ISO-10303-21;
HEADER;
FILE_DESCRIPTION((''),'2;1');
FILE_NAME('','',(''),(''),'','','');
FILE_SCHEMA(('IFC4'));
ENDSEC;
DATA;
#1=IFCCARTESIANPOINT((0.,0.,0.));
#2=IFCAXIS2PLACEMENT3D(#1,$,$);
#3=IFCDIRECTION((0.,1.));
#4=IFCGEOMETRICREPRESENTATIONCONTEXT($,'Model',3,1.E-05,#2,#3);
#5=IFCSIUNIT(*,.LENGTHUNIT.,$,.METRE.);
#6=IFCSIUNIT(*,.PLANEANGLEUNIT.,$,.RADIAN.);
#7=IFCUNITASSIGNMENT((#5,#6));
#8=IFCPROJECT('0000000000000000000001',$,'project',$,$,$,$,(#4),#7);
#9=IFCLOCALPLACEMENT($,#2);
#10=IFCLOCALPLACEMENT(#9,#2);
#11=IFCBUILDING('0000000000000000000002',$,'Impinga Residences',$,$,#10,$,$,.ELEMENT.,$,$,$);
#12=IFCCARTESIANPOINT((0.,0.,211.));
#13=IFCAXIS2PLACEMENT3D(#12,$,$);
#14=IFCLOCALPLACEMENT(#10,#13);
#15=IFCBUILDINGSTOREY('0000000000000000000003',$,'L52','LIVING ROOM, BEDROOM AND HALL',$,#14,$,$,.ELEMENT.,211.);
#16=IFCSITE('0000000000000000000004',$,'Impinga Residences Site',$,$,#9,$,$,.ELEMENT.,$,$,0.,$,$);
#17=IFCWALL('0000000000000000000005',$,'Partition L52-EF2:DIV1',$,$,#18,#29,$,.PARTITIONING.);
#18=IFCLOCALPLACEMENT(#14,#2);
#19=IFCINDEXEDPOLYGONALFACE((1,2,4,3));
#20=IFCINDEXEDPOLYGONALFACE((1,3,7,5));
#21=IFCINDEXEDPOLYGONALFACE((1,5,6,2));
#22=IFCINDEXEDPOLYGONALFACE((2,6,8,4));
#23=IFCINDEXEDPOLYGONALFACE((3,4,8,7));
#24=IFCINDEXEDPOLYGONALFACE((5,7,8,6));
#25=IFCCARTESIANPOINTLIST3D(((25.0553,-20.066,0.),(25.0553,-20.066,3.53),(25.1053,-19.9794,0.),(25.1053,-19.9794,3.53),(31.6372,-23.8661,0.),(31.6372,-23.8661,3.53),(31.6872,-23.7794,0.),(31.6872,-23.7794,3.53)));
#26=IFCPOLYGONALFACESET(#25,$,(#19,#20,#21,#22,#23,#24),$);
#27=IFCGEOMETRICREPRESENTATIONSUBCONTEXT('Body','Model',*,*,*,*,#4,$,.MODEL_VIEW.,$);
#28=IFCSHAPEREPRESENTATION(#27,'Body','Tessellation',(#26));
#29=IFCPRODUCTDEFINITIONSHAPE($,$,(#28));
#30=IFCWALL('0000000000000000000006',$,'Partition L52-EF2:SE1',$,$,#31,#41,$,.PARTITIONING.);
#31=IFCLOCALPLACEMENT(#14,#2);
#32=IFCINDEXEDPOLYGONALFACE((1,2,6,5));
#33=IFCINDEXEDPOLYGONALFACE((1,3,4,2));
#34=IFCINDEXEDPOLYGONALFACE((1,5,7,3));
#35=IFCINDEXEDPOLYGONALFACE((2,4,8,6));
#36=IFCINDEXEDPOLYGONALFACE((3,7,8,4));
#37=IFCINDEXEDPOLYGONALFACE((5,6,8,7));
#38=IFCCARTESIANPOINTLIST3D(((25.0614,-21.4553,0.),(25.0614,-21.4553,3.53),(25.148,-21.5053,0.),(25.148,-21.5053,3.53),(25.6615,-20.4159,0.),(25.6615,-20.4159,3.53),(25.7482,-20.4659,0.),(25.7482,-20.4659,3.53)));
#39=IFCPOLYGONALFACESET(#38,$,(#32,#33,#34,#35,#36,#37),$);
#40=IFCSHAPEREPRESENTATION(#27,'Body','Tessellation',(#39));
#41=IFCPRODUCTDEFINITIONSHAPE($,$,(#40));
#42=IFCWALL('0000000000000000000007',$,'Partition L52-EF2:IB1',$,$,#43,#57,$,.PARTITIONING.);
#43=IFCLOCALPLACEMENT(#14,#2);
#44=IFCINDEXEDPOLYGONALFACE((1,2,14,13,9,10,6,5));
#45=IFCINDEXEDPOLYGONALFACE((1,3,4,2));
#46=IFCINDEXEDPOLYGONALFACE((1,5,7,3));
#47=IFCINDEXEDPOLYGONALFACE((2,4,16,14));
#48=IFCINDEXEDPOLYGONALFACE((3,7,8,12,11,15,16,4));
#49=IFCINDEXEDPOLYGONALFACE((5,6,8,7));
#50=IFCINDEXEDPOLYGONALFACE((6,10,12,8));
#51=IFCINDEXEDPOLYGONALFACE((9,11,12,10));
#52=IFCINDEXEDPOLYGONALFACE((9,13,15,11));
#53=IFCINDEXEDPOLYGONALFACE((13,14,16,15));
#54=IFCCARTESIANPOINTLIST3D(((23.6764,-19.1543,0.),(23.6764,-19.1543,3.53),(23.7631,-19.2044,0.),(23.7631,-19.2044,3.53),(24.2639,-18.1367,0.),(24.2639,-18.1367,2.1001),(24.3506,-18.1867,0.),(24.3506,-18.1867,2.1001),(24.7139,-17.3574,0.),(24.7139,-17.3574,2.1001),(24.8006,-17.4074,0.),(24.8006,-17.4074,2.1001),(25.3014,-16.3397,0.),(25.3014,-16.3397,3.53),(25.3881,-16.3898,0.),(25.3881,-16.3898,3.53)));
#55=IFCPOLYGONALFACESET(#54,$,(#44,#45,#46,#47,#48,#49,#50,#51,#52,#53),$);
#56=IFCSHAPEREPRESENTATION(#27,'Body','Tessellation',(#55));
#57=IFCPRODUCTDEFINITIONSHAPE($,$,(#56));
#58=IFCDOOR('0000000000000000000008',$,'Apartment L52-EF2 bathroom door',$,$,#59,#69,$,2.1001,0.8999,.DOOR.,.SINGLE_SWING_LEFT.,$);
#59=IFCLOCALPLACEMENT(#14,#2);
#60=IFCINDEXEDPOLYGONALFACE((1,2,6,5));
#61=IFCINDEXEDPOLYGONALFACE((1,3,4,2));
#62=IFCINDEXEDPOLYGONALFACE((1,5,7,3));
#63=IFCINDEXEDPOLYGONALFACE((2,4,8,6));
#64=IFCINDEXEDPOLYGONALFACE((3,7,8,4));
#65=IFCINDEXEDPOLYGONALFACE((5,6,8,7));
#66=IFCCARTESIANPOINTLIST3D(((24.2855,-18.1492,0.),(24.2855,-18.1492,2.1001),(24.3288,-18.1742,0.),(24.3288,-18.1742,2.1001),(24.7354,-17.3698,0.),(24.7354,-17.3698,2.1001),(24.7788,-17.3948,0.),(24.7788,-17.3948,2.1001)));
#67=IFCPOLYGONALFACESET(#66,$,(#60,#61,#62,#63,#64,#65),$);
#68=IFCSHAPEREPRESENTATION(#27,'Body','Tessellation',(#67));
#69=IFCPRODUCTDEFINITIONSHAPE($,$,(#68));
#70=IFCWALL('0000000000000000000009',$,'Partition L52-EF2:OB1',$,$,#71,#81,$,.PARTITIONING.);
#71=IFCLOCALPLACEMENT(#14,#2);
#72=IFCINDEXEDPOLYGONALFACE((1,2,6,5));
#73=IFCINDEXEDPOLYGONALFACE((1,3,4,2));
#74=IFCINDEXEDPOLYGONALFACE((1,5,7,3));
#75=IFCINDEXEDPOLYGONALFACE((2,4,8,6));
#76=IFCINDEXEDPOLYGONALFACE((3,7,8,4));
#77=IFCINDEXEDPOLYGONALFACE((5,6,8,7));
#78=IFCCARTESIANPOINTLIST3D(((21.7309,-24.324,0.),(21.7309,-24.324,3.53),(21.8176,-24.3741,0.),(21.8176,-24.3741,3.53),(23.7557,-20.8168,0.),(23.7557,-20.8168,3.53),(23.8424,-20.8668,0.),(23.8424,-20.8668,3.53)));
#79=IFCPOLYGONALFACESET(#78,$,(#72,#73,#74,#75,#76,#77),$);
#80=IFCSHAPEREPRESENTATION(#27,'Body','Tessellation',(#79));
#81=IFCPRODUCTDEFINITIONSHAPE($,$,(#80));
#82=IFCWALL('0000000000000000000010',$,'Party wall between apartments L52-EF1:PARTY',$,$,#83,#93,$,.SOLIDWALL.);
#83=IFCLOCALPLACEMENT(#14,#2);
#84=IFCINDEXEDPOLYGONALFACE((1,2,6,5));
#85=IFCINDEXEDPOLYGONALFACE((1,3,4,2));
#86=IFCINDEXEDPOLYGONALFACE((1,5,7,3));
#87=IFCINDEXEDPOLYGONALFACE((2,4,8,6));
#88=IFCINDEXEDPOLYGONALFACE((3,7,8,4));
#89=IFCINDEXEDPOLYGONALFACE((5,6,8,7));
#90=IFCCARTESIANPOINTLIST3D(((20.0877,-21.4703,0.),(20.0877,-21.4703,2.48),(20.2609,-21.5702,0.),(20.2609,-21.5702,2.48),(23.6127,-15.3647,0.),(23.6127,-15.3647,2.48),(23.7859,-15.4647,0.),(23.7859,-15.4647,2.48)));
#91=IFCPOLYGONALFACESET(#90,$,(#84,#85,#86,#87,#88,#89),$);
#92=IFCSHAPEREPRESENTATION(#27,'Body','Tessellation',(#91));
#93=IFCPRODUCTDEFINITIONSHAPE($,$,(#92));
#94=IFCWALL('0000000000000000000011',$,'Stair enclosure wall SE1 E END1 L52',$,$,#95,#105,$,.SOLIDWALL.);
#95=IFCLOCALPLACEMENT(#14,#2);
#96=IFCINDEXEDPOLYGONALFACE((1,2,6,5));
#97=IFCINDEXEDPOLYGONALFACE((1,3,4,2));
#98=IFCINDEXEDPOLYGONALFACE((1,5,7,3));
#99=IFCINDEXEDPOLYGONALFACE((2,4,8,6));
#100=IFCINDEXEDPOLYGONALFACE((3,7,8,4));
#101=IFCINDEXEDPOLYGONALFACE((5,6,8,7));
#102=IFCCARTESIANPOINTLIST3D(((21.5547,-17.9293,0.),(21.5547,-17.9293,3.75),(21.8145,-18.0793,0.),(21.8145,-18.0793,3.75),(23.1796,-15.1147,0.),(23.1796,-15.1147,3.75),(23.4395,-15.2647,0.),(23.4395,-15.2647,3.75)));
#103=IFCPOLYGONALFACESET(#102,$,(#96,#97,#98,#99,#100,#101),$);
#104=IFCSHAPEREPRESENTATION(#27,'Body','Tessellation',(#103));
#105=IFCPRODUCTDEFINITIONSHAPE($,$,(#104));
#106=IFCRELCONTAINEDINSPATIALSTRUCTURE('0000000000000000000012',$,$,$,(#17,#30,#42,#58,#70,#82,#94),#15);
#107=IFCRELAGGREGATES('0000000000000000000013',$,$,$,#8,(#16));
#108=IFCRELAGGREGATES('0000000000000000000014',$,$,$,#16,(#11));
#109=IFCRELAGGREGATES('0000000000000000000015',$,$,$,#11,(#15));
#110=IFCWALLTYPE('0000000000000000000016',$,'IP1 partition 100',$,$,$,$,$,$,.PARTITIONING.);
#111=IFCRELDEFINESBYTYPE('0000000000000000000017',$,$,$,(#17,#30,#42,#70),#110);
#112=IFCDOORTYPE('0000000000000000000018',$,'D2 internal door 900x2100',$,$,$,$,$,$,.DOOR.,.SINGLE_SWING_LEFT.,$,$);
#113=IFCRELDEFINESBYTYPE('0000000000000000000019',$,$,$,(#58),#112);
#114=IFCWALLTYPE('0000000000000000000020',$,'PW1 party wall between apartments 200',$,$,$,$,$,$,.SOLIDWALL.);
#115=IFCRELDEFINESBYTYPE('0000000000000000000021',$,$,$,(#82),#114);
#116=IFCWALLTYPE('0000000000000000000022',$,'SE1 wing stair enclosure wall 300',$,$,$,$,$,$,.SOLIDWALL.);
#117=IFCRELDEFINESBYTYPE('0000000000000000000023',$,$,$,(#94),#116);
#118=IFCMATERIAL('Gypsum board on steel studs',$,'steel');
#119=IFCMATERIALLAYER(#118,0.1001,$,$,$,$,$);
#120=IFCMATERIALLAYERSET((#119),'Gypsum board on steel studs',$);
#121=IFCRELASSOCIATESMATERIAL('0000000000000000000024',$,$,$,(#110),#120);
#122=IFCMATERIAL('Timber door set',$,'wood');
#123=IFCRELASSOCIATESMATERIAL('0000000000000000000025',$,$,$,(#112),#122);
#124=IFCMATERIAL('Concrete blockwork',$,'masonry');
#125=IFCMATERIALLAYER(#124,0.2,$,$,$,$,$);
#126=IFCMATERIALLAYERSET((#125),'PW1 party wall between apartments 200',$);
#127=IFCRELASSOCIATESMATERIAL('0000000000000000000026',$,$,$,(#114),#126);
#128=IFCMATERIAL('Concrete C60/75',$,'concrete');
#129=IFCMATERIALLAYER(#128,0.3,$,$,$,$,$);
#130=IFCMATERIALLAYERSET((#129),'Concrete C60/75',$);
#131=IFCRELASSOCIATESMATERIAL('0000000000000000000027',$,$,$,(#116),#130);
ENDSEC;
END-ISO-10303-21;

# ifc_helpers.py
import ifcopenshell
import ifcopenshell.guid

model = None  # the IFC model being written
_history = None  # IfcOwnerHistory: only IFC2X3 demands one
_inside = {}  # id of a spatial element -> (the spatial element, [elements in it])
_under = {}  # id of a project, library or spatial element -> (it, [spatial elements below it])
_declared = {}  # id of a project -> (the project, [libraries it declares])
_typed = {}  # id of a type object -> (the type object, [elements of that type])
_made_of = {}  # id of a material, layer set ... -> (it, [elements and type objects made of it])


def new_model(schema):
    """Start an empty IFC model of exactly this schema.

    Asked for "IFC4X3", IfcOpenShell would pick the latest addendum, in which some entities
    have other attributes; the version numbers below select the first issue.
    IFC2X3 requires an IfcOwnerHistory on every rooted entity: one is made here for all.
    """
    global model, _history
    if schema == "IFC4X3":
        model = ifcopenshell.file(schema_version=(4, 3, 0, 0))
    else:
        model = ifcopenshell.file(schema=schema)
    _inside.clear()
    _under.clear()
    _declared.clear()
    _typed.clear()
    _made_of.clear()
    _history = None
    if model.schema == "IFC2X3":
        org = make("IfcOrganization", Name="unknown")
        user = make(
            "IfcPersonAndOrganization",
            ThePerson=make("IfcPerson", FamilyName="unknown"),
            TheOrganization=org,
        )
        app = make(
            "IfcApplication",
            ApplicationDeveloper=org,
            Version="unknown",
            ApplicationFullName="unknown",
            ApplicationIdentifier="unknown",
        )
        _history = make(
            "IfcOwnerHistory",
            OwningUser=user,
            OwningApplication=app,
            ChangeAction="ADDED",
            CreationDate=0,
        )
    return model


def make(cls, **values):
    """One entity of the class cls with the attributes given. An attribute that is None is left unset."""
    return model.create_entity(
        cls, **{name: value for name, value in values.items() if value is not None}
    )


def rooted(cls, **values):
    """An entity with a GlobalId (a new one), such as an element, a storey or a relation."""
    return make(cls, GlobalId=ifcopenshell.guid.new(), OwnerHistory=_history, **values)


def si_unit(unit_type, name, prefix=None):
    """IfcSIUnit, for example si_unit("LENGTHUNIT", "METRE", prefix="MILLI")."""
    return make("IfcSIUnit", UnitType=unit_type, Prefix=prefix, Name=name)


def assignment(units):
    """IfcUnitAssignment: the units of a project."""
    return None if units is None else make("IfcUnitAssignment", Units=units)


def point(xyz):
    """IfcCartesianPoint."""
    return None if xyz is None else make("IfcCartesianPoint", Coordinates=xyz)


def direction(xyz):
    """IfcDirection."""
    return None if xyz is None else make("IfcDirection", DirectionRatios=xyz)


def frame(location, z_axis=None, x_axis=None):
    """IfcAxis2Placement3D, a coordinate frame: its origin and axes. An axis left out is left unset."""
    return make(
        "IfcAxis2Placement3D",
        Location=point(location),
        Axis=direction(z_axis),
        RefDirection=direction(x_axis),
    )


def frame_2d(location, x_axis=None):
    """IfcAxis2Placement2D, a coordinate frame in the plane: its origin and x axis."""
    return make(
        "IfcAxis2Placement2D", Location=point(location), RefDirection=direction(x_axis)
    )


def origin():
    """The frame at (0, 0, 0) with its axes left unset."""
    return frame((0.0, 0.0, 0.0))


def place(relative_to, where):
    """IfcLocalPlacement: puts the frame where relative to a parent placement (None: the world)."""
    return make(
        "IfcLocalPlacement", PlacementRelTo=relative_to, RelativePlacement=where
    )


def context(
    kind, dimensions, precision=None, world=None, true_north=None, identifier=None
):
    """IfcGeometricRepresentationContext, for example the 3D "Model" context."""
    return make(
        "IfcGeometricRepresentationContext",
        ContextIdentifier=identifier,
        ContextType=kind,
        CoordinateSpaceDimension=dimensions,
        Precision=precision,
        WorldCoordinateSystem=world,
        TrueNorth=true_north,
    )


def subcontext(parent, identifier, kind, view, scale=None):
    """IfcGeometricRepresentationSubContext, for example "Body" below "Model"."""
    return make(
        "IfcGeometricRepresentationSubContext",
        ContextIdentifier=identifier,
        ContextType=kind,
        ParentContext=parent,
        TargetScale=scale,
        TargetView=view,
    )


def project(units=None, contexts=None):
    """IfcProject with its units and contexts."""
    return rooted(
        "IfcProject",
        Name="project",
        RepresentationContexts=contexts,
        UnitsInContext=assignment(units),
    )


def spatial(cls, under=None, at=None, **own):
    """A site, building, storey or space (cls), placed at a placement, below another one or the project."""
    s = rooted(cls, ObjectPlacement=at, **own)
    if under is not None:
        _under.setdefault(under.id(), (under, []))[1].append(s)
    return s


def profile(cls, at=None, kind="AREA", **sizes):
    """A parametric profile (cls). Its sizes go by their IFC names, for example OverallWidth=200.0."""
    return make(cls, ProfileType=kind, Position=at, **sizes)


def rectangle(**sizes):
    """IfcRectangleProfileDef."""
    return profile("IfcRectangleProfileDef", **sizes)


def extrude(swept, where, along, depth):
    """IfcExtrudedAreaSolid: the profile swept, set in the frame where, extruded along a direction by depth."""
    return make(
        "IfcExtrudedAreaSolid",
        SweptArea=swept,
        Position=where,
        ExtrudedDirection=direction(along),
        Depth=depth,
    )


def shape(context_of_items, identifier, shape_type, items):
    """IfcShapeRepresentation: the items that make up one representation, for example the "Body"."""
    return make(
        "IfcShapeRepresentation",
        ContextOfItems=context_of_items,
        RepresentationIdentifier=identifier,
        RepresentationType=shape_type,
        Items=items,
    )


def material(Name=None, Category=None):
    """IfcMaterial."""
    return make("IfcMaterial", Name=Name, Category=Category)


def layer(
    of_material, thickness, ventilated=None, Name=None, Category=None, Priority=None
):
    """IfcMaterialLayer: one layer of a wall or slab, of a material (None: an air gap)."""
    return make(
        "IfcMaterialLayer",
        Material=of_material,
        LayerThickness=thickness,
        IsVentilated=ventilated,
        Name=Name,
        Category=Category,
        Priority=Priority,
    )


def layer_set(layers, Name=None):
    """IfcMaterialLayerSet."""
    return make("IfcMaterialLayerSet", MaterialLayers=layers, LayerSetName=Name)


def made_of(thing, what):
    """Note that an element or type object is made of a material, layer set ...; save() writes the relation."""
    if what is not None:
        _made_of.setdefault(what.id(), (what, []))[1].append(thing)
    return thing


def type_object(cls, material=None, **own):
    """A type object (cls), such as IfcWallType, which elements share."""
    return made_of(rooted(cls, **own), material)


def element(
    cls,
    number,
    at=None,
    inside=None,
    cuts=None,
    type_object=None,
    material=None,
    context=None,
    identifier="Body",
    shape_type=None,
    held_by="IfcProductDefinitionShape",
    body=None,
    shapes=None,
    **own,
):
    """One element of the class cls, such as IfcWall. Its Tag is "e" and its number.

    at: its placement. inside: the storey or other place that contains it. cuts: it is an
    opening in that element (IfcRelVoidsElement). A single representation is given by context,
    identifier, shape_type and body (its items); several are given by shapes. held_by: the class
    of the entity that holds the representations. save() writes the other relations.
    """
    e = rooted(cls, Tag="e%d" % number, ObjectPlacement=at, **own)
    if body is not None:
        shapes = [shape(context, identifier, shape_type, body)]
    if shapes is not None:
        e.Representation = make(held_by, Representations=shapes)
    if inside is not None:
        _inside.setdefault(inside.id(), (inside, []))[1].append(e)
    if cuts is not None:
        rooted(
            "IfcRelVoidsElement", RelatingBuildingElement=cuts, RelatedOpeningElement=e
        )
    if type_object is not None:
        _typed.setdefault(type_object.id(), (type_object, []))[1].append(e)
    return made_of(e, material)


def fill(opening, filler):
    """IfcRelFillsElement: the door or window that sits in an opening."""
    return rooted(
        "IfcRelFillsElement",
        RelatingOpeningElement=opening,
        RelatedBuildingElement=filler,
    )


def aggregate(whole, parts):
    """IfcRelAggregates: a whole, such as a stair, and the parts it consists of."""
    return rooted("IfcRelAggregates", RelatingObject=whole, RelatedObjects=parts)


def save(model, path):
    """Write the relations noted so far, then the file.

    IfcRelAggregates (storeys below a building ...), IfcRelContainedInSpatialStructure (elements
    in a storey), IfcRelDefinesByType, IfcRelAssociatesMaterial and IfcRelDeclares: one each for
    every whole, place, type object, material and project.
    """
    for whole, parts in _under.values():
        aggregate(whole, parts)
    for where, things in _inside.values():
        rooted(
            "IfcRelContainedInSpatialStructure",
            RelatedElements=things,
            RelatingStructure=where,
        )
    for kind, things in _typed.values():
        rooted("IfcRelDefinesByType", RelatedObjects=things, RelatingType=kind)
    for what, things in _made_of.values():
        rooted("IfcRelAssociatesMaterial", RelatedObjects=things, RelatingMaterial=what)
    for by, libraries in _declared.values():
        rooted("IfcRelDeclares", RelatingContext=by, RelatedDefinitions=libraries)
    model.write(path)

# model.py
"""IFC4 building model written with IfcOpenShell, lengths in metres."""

from ifc_helpers import new_model, si_unit, direction, frame, frame_2d, origin, place, context, subcontext, project, spatial, rectangle, extrude, material, layer, layer_set, type_object, element, fill, save


model = new_model("IFC4")

# Units and contexts
model_context = context("Model", 3, precision=1e-05, world=origin(), true_north=direction((0.0, 1.0)))
body_context = subcontext(model_context, "Body", "Model", "MODEL_VIEW")
ifc_project = project(units=[si_unit("LENGTHUNIT", "METRE"), si_unit("PLANEANGLEUNIT", "RADIAN")], contexts=[model_context])

# Site, building, storey
site_placement = place(None, origin())
site = spatial("IfcSite", under=ifc_project, at=site_placement, Name="Impinga Residences Site", CompositionType="ELEMENT", RefElevation=0.0)
building_placement = place(site_placement, origin())
building = spatial("IfcBuilding", under=site, at=building_placement, Name="Impinga Residences", CompositionType="ELEMENT")
storey_placement = place(building_placement, frame((0.0, 0.0, 211.0)))
storey = spatial("IfcBuildingStorey", under=building, at=storey_placement, Name="L52", Description="LIVING ROOM, BEDROOM AND HALL", CompositionType="ELEMENT", Elevation=211.0)

# Shared definitions
ifc_material_1 = material(Name="Concrete C60/75", Category="concrete")

# Shared definitions
ifc_material_2 = material(Name="Concrete blockwork", Category="masonry")
ifc_material_3 = material(Name="Timber door set", Category="wood")

# Shared definitions
ifc_material_4 = material(Name="Gypsum board on steel studs", Category="steel")
ifc_layer_1 = layer(ifc_material_4, 0.1001)
ifc_layer_set_1 = layer_set([ifc_layer_1], Name="Gypsum board on steel studs")
wall_type_1 = type_object("IfcWallType", Name="IP1 partition 100", PredefinedType="PARTITIONING", material=ifc_layer_set_1)
door_type_1 = type_object("IfcDoorType", Name="D2 internal door 900x2100", OperationType="SINGLE_SWING_LEFT", PredefinedType="DOOR", material=ifc_material_3)

# Walls
wall_1_placement = place(storey_placement, frame((25.0803, -20.0227, 0.0), z_axis=(0.0, 0.0, 1.0), x_axis=(0.866022, -0.500005, 0.0)))
element("IfcWall", 1, at=wall_1_placement, inside=storey, type_object=wall_type_1, Name="Partition L52-EF2:DIV1", PredefinedType="PARTITIONING", context=body_context, shape_type="SweptSolid", body=[
    extrude(rectangle(XDim=7.6001, YDim=0.1001, at=frame_2d((3.8, 0.0))), origin(), (0.0, 0.0, 1.0), 3.53),
])
wall_2_placement = place(storey_placement, frame((25.7048, -20.4409, 0.0), z_axis=(0.0, 0.0, 1.0), x_axis=(-0.500034, -0.866006, 0.0)))
element("IfcWall", 2, at=wall_2_placement, inside=storey, type_object=wall_type_1, Name="Partition L52-EF2:SE1", PredefinedType="PARTITIONING", context=body_context, shape_type="SweptSolid", body=[
    extrude(rectangle(XDim=1.2002, YDim=0.1001, at=frame_2d((0.6001, 0.0))), origin(), (0.0, 0.0, 1.0), 3.53),
])

# Wall, opening, door
wall_3_placement = place(storey_placement, frame((25.3447, -16.3647, 0.0), z_axis=(0.0, 0.0, 1.0), x_axis=(-0.499985, -0.866034, 0.0)))
wall_3 = element("IfcWall", 3, at=wall_3_placement, inside=storey, type_object=wall_type_1, Name="Partition L52-EF2:IB1", PredefinedType="PARTITIONING", context=body_context, shape_type="SweptSolid", body=[
    extrude(rectangle(XDim=3.25, YDim=0.1001, at=frame_2d((1.625, 0.0))), origin(), (0.0, 0.0, 1.0), 3.53),
])
opening_1_placement = place(wall_3_placement, frame((1.175, 0.0, 0.0)))
opening_1 = element("IfcOpeningElement", 4, at=opening_1_placement, cuts=wall_3, PredefinedType="OPENING", context=body_context, shape_type="SweptSolid", body=[
    extrude(rectangle(XDim=0.8999, YDim=2.1001, at=frame_2d((0.45, 1.05))), frame((0.0, 0.0601, 0.0), z_axis=(0.0, -1.0, 0.0), x_axis=(1.0, 0.0, 0.0)), (0.0, 0.0, 1.0), 0.1201),
])
door_1_placement = place(opening_1_placement, origin())
door_1 = element("IfcDoor", 5, at=door_1_placement, inside=storey, type_object=door_type_1, Name="Apartment L52-EF2 bathroom door", OperationType="SINGLE_SWING_LEFT", OverallHeight=2.1001, OverallWidth=0.8999, PredefinedType="DOOR", context=body_context, shape_type="SweptSolid", body=[
    extrude(rectangle(XDim=0.8999, YDim=2.1001, at=frame_2d((0.45, 1.05))), frame((0.0, 0.0249, 0.0), z_axis=(0.0, -1.0, 0.0), x_axis=(1.0, 0.0, 0.0)), (0.0, 0.0, 1.0), 0.05),
])
fill(opening_1, door_1)

# Walls
wall_4_placement = place(storey_placement, frame((23.7991, -20.8418, 0.0), z_axis=(0.0, 0.0, 1.0), x_axis=(-0.49999, -0.866031, 0.0)))
element("IfcWall", 6, at=wall_4_placement, inside=storey, type_object=wall_type_1, Name="Partition L52-EF2:OB1", PredefinedType="PARTITIONING", context=body_context, shape_type="SweptSolid", body=[
    extrude(rectangle(XDim=4.0498, YDim=0.1001, at=frame_2d((2.0249, 0.0))), origin(), (0.0, 0.0, 1.0), 3.53),
])
ifc_layer_2 = layer(ifc_material_2, 0.2)
ifc_layer_set_2 = layer_set([ifc_layer_2], Name="PW1 party wall between apartments 200")
wall_type_2 = type_object("IfcWallType", Name="PW1 party wall between apartments 200", PredefinedType="SOLIDWALL", material=ifc_layer_set_2)
wall_5_placement = place(storey_placement, frame((23.6992, -15.4148, 0.0), z_axis=(0.0, 0.0, 1.0), x_axis=(-0.49999, -0.866031, 0.0)))
element("IfcWall", 7, at=wall_5_placement, inside=storey, type_object=wall_type_2, Name="Party wall between apartments L52-EF1:PARTY", PredefinedType="SOLIDWALL", context=body_context, shape_type="SweptSolid", body=[
    extrude(rectangle(XDim=7.05, YDim=0.2, at=frame_2d((3.5249, 0.0))), origin(), (0.0, 0.0, 1.0), 2.48),
])
ifc_layer_3 = layer(ifc_material_1, 0.3)
ifc_layer_set_3 = layer_set([ifc_layer_3], Name="Concrete C60/75")
wall_type_3 = type_object("IfcWallType", Name="SE1 wing stair enclosure wall 300", PredefinedType="SOLIDWALL", material=ifc_layer_set_3)
wall_6_placement = place(storey_placement, frame((23.3096, -15.1897, 0.0), z_axis=(0.0, 0.0, 1.0), x_axis=(-0.499985, -0.866034, 0.0)))
element("IfcWall", 8, at=wall_6_placement, inside=storey, type_object=wall_type_3, Name="Stair enclosure wall SE1 E END1 L52", PredefinedType="SOLIDWALL", context=body_context, shape_type="SweptSolid", body=[
    extrude(rectangle(XDim=3.25, YDim=0.3, at=frame_2d((1.625, 0.0))), origin(), (0.0, 0.0, 1.0), 3.75),
])

save(model, "model.ifc")
